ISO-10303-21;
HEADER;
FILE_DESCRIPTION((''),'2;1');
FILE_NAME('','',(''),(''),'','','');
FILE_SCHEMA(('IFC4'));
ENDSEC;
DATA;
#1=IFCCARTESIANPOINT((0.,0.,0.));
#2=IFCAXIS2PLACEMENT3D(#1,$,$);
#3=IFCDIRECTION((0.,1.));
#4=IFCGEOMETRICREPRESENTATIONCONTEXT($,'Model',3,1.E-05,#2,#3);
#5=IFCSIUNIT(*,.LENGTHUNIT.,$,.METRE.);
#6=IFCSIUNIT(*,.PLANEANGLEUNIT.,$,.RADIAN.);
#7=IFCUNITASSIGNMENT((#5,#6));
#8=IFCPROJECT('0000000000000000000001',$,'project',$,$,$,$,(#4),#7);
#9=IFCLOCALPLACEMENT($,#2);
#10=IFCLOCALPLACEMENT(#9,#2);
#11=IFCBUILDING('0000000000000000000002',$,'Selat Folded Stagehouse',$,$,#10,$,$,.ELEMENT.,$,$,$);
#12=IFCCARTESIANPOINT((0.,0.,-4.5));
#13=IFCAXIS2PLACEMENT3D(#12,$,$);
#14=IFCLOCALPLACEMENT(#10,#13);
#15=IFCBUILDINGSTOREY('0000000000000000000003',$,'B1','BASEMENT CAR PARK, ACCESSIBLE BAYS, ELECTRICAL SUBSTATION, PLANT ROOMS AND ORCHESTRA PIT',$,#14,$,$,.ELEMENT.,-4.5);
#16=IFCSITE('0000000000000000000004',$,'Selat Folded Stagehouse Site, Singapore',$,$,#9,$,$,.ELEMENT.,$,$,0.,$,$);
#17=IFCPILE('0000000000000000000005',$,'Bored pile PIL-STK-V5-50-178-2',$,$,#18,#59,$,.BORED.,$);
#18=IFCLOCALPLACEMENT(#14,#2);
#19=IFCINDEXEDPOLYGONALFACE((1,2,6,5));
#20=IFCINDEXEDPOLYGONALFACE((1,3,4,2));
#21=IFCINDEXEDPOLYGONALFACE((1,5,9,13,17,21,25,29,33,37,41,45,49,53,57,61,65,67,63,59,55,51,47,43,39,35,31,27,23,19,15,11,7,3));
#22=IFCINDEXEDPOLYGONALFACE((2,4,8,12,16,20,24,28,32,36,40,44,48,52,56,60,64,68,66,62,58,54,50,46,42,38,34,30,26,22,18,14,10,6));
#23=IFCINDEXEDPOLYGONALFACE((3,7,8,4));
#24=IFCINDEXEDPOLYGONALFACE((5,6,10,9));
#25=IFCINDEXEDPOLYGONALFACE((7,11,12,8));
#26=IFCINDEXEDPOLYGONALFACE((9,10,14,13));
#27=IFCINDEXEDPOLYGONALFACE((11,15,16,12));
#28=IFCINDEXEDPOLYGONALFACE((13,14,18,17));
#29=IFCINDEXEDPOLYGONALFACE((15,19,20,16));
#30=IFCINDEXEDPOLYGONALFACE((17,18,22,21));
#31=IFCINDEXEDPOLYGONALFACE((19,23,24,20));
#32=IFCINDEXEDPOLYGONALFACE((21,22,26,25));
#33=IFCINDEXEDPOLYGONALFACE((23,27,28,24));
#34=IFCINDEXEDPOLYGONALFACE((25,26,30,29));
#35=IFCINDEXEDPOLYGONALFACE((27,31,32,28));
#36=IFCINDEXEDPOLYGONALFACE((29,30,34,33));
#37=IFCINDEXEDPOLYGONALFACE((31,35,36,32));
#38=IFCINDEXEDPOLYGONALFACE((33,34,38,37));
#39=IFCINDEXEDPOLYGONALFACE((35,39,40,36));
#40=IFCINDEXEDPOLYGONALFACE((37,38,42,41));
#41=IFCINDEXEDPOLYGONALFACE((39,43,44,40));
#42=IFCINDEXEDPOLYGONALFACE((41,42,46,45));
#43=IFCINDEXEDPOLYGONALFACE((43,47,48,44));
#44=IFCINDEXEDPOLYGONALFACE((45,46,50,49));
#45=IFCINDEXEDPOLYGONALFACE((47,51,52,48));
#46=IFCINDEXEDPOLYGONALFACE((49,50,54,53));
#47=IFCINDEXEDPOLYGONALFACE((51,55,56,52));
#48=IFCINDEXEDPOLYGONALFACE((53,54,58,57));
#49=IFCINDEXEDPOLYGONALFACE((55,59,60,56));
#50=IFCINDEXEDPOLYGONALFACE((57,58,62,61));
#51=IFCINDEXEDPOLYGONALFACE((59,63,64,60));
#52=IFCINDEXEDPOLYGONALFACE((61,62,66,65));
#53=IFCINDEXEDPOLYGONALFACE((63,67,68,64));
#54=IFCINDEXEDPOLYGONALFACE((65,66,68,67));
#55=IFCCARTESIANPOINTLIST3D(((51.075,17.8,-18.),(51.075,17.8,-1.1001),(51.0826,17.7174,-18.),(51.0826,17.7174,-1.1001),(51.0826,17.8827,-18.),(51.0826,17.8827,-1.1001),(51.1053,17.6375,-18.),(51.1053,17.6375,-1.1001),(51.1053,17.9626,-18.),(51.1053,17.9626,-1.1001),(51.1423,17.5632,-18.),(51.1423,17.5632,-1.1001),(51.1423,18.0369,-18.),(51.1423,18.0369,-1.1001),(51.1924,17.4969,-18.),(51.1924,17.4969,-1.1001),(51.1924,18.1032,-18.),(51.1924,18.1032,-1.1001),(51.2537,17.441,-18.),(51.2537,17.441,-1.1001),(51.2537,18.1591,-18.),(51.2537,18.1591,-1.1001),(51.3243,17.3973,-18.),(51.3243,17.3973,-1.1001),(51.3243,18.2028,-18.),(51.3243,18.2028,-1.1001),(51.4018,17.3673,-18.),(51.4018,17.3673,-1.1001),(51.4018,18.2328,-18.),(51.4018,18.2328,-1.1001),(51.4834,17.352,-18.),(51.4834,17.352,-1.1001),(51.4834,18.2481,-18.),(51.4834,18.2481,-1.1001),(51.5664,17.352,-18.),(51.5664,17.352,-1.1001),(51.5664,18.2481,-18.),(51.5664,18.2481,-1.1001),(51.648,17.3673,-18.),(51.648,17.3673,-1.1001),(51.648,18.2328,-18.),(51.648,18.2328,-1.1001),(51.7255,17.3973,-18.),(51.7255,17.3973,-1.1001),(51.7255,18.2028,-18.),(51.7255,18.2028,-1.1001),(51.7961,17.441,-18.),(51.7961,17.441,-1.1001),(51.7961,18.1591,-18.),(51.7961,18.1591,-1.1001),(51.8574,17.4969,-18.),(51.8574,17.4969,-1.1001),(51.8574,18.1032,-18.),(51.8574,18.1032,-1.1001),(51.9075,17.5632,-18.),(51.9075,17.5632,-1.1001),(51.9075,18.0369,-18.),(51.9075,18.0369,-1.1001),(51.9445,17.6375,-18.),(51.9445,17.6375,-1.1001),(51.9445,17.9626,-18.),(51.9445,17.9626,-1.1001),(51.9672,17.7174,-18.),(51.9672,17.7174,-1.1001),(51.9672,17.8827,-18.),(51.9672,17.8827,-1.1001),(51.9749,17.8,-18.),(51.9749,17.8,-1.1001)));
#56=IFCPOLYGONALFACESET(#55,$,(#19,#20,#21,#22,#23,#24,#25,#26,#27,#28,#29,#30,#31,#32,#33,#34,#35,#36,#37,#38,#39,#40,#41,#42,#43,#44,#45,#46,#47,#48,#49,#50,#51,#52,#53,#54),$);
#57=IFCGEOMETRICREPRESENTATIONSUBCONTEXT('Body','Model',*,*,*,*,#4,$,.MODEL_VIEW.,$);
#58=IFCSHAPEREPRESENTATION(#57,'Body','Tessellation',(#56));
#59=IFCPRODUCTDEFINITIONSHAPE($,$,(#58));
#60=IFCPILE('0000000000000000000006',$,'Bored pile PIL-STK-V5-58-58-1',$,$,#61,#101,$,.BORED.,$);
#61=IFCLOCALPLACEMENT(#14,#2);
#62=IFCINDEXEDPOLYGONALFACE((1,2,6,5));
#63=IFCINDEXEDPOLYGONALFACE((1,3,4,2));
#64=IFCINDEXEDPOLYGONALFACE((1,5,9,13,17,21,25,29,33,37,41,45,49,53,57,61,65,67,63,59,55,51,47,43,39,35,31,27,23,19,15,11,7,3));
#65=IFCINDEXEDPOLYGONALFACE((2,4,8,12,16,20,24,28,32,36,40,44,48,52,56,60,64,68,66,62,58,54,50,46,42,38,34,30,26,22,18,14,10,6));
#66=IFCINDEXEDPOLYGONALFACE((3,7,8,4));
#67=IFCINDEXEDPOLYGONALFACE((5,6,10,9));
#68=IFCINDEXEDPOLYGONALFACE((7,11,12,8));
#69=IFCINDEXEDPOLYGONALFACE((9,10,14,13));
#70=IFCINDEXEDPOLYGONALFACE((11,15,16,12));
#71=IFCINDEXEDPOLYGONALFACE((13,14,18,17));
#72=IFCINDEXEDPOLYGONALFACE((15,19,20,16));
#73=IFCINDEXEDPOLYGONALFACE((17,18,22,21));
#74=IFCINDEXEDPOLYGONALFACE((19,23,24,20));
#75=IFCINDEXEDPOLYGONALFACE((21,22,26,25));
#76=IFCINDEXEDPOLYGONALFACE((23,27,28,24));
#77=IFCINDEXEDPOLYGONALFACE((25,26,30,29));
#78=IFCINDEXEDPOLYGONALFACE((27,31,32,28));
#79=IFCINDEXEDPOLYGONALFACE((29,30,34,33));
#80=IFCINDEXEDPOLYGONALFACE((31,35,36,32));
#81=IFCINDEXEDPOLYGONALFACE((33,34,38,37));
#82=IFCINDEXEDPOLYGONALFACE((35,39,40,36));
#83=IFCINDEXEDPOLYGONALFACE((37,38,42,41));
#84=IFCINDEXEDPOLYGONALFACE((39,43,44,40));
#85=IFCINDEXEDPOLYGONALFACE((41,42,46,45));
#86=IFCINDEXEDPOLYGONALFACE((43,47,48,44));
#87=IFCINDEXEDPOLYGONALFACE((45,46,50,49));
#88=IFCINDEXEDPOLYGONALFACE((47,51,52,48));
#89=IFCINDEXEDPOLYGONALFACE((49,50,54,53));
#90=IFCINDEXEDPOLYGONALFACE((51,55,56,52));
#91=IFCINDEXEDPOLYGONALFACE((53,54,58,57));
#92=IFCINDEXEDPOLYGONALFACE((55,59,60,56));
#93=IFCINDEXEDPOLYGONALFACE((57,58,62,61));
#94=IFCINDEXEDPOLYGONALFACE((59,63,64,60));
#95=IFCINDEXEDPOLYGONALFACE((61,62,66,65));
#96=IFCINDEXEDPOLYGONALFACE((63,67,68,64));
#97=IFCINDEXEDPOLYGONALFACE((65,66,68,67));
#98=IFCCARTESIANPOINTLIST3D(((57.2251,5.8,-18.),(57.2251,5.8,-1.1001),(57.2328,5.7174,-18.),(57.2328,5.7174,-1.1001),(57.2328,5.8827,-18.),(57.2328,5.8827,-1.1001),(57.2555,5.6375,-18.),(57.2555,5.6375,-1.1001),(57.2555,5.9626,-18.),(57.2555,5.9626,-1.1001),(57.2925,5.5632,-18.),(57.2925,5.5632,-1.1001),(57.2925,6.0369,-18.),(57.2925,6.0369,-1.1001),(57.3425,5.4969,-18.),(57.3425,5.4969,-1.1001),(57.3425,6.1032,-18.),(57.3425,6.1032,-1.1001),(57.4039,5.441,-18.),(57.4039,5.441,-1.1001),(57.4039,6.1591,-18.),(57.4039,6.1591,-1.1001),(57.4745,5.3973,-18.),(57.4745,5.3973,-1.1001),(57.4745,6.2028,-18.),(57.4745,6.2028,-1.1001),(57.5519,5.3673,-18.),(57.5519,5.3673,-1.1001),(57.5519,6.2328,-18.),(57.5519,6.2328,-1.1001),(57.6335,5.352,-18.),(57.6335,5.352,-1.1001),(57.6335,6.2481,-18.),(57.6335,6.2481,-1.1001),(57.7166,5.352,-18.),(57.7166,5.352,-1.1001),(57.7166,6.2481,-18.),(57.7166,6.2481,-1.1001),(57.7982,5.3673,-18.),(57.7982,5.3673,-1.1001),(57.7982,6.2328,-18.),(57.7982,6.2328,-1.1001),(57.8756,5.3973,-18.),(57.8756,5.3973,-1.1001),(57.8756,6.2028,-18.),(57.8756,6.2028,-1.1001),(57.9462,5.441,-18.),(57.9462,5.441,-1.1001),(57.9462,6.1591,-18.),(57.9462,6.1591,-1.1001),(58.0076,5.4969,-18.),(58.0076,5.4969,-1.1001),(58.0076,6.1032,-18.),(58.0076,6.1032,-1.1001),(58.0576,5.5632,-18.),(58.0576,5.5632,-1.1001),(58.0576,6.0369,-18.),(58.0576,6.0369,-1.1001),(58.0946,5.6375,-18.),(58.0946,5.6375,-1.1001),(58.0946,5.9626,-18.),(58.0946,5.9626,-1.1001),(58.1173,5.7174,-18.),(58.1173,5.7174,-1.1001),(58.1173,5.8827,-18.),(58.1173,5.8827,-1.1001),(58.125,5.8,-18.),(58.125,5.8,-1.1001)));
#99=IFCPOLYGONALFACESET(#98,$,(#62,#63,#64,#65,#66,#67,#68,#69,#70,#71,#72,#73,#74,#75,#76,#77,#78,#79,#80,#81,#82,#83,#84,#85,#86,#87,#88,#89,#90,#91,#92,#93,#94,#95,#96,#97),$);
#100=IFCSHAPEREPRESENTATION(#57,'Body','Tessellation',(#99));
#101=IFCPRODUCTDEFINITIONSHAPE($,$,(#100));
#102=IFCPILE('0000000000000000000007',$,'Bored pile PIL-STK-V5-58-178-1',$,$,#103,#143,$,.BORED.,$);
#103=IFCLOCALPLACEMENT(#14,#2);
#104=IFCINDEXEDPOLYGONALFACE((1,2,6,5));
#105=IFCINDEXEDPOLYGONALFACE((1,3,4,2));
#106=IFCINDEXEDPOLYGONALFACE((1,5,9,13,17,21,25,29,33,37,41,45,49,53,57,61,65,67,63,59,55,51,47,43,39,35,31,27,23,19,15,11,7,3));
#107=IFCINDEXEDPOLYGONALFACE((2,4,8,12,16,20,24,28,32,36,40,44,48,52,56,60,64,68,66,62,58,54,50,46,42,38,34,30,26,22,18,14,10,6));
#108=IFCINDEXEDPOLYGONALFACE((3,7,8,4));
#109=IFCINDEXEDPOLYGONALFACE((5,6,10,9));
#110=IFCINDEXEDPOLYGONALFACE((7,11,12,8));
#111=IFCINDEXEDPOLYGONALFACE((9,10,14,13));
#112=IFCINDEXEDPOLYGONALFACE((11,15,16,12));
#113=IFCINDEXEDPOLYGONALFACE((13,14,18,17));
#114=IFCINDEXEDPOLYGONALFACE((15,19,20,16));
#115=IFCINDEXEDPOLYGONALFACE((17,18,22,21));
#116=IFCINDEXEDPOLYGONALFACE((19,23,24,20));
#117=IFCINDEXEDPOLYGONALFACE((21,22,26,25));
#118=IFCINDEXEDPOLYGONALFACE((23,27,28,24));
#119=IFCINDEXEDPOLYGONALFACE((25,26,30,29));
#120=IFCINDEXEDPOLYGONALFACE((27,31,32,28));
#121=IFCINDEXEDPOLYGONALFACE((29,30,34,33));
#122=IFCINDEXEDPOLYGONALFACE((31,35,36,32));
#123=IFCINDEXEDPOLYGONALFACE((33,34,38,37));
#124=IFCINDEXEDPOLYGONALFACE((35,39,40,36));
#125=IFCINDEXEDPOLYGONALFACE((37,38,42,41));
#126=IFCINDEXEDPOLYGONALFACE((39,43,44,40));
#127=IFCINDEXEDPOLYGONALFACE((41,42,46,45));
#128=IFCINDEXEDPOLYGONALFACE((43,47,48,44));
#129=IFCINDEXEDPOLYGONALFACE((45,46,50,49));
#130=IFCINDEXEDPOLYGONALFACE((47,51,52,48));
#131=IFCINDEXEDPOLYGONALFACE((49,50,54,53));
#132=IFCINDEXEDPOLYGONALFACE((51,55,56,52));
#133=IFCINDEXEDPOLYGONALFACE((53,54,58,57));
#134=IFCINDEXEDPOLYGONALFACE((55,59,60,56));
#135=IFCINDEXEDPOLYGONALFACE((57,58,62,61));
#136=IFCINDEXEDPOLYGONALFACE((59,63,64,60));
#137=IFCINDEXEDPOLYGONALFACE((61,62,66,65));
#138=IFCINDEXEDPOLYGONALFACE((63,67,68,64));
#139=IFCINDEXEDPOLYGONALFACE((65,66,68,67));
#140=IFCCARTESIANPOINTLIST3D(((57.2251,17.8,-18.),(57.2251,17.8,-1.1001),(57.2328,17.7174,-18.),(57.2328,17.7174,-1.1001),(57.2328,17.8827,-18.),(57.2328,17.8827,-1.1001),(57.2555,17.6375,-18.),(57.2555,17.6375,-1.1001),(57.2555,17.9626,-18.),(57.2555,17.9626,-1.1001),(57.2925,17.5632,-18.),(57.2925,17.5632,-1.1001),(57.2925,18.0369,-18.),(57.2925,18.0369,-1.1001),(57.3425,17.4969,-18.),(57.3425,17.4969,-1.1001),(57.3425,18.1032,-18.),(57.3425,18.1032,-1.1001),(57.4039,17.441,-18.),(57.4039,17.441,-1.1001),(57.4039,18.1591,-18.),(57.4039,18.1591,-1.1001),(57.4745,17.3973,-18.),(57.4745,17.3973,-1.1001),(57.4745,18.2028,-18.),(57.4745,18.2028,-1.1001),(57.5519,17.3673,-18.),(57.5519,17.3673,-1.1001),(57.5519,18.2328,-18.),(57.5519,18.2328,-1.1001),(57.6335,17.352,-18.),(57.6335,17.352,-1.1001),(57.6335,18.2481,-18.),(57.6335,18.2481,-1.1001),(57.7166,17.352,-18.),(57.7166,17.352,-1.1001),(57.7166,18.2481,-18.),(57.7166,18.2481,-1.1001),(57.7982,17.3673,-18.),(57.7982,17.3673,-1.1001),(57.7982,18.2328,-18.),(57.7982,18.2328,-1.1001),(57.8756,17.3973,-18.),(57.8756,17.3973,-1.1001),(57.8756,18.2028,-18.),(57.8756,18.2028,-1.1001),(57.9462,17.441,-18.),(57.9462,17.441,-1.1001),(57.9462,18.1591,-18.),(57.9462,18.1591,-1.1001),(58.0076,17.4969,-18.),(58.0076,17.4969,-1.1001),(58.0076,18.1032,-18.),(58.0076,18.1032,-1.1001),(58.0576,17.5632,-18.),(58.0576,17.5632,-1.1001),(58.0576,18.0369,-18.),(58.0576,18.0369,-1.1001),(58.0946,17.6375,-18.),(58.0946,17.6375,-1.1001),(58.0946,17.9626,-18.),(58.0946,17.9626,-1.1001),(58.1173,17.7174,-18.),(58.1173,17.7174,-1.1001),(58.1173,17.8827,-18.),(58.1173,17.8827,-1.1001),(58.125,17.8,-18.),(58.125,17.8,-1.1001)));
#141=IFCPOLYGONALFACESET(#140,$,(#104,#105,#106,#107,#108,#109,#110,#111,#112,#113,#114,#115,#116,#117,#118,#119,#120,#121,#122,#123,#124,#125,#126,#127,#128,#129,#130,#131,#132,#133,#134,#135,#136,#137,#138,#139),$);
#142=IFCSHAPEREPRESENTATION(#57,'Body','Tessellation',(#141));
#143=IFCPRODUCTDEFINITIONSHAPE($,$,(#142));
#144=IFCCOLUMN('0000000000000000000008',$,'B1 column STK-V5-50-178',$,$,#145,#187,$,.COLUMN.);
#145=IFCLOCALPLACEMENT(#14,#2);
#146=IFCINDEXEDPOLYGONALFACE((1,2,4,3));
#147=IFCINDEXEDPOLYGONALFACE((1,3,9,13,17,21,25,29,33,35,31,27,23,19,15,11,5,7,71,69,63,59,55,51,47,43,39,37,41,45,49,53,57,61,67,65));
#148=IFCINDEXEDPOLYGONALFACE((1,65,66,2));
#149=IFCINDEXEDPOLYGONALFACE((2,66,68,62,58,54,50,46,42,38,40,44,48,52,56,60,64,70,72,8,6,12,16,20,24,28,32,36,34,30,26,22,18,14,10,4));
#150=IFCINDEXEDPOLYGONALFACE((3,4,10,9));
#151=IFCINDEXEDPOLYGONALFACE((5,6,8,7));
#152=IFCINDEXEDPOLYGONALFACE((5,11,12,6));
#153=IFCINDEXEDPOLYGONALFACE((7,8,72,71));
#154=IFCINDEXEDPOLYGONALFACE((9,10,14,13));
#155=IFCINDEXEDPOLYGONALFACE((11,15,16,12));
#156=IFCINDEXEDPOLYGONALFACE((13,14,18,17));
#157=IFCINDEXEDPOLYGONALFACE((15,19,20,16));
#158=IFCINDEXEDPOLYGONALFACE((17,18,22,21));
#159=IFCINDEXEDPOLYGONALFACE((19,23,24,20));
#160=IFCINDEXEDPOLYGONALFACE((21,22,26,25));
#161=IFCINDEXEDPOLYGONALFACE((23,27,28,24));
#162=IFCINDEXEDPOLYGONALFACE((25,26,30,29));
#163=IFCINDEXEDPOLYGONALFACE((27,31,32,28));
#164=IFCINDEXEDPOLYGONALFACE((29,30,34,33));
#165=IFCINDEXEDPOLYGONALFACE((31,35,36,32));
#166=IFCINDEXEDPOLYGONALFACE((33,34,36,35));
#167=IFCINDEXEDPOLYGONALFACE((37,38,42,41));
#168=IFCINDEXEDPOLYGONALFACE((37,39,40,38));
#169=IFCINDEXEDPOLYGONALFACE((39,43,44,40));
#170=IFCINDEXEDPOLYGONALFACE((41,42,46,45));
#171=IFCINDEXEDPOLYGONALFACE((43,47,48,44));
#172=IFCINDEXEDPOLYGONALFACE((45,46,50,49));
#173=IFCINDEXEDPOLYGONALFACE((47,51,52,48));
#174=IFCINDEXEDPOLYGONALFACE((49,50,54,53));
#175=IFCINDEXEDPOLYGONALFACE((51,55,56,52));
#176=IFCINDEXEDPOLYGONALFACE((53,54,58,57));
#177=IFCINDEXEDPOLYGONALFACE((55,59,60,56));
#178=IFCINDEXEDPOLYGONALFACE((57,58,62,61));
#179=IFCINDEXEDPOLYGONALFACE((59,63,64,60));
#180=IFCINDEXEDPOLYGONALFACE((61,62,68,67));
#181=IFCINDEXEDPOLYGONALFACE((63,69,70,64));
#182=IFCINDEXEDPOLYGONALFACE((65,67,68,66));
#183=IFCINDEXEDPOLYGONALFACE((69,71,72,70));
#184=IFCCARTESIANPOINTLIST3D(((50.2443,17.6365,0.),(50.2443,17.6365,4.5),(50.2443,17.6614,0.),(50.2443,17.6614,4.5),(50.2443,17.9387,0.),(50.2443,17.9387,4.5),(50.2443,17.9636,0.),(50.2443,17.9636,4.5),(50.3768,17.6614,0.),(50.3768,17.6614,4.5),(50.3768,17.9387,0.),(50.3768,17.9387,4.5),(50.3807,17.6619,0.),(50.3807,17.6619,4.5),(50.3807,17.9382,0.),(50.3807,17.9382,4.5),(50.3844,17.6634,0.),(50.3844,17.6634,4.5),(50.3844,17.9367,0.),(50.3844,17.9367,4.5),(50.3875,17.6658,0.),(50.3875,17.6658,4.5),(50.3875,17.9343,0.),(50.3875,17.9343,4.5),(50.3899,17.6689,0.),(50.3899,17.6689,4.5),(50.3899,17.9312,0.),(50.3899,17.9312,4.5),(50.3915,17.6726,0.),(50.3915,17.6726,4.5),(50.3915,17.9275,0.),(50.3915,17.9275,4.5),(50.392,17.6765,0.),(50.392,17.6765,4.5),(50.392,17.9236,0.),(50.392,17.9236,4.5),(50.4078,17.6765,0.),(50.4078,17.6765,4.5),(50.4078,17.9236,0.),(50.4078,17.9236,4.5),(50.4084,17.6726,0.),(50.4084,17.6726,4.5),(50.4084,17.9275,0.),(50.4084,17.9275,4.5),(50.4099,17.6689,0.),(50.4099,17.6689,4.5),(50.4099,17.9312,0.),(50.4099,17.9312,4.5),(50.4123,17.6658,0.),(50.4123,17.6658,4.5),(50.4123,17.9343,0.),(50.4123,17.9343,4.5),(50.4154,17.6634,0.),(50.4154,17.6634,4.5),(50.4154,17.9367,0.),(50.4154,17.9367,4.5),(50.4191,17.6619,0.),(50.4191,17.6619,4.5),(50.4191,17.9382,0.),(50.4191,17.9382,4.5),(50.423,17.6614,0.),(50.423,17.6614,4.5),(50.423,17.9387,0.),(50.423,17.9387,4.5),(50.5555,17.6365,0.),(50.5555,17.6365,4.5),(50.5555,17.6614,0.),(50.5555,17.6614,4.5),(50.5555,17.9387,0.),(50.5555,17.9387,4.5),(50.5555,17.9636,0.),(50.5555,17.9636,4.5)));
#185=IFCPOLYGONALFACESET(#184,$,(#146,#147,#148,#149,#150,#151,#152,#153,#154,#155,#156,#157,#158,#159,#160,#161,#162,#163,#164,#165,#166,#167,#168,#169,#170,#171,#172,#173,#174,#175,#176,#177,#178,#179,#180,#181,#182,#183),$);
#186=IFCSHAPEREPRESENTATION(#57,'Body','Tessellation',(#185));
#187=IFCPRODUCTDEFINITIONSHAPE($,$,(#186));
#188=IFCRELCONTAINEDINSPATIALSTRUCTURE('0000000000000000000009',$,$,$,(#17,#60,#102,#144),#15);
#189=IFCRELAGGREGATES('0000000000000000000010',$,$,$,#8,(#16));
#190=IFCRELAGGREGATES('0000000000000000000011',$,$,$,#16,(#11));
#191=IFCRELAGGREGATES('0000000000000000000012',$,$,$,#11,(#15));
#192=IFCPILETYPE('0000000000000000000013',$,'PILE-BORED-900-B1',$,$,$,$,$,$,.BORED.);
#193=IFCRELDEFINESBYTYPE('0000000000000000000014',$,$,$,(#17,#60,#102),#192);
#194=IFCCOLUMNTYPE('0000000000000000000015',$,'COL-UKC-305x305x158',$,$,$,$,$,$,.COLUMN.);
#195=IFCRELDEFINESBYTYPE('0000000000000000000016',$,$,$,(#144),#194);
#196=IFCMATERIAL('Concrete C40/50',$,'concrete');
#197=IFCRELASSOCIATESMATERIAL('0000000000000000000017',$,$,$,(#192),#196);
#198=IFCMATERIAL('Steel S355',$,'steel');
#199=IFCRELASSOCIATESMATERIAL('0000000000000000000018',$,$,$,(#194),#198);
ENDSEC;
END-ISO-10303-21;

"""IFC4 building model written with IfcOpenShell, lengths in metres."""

from ifc_helpers import new_model, si_unit, direction, frame, origin, origin_2d, place, context, subcontext, project, spatial, circle, i_section, extrude, material, material_profile, profile_set, type_object, element, save


model = new_model("IFC4")

# Units and contexts
model_context = context("Model", 3, precision=1e-05, world=origin(), true_north=direction((0.0, 1.0)))
body_context = subcontext(model_context, "Body", "Model", "MODEL_VIEW")
ifc_project = project(units=[si_unit("LENGTHUNIT", "METRE"), si_unit("PLANEANGLEUNIT", "RADIAN")], contexts=[model_context])

# Site, building, storey
site_placement = place(None, origin())
site = spatial("IfcSite", under=ifc_project, at=site_placement, Name="Selat Folded Stagehouse Site, Singapore", CompositionType="ELEMENT", RefElevation=0.0)
building_placement = place(site_placement, origin())
building = spatial("IfcBuilding", under=site, at=building_placement, Name="Selat Folded Stagehouse", CompositionType="ELEMENT")
storey_placement = place(building_placement, frame((0.0, 0.0, -4.5)))
storey = spatial("IfcBuildingStorey", under=building, at=storey_placement, Name="B1", Description="BASEMENT CAR PARK, ACCESSIBLE BAYS, ELECTRICAL SUBSTATION, PLANT ROOMS AND ORCHESTRA PIT", CompositionType="ELEMENT", Elevation=-4.5)

# Shared definitions
ifc_material_1 = material(Name="Concrete C40/50", Category="concrete")

# Piles
ifc_material_profile_1 = material_profile(ifc_material_1, circle(Radius=0.45, at=origin_2d()), Name="PILE D900")
ifc_profile_set_1 = profile_set([ifc_material_profile_1], Name="Concrete C40/50")
pile_type = type_object("IfcPileType", Name="PILE-BORED-900-B1", PredefinedType="BORED", material=ifc_profile_set_1)
for number, where, z_axis, x_axis, name in (
    (1, (51.5249, 17.8, -1.1001), (0.0, 0.0, -1.0), (1.0, 0.0, 0.0), "Bored pile PIL-STK-V5-50-178-2"),
    (2, (57.675, 5.8, -1.1001), (0.0, 0.0, -1.0), (1.0, 0.0, 0.0), "Bored pile PIL-STK-V5-58-58-1"),
    (3, (57.675, 17.8, -1.1001), (0.0, 0.0, -1.0), (1.0, 0.0, 0.0), "Bored pile PIL-STK-V5-58-178-1"),
):
    element("IfcPile", number, at=place(storey_placement, frame(where, z_axis=z_axis, x_axis=x_axis)), inside=storey, type_object=pile_type, Name=name, PredefinedType="BORED", context=body_context, shape_type="SweptSolid", body=[
        extrude(circle(Radius=0.45, at=origin_2d()), origin(), (0.0, 0.0, 1.0), 16.8999),
    ])

# Column
ifc_material_2 = material(Name="Steel S355", Category="steel")
ifc_material_profile_2 = material_profile(ifc_material_2, i_section(OverallWidth=0.3113, OverallDepth=0.3271, WebThickness=0.0159, FlangeThickness=0.0249, FilletRadius=0.0151, at=origin_2d()), Name="UKC 305x305x158")
ifc_profile_set_2 = profile_set([ifc_material_profile_2], Name="Steel S355")
column_type = type_object("IfcColumnType", Name="COL-UKC-305x305x158", PredefinedType="COLUMN", material=ifc_profile_set_2)
column_placement = place(storey_placement, frame((50.3999, 17.8, 0.0), z_axis=(0.0, 0.0, 1.0), x_axis=(1.0, 0.0, 0.0)))
element("IfcColumn", 4, at=column_placement, inside=storey, type_object=column_type, Name="B1 column STK-V5-50-178", PredefinedType="COLUMN", context=body_context, shape_type="SweptSolid", body=[
    extrude(i_section(OverallWidth=0.3113, OverallDepth=0.3271, WebThickness=0.0159, FlangeThickness=0.0249, FilletRadius=0.0151, at=origin_2d()), origin(), (0.0, 0.0, 1.0), 4.5),
])

save(model, "model.ifc")
